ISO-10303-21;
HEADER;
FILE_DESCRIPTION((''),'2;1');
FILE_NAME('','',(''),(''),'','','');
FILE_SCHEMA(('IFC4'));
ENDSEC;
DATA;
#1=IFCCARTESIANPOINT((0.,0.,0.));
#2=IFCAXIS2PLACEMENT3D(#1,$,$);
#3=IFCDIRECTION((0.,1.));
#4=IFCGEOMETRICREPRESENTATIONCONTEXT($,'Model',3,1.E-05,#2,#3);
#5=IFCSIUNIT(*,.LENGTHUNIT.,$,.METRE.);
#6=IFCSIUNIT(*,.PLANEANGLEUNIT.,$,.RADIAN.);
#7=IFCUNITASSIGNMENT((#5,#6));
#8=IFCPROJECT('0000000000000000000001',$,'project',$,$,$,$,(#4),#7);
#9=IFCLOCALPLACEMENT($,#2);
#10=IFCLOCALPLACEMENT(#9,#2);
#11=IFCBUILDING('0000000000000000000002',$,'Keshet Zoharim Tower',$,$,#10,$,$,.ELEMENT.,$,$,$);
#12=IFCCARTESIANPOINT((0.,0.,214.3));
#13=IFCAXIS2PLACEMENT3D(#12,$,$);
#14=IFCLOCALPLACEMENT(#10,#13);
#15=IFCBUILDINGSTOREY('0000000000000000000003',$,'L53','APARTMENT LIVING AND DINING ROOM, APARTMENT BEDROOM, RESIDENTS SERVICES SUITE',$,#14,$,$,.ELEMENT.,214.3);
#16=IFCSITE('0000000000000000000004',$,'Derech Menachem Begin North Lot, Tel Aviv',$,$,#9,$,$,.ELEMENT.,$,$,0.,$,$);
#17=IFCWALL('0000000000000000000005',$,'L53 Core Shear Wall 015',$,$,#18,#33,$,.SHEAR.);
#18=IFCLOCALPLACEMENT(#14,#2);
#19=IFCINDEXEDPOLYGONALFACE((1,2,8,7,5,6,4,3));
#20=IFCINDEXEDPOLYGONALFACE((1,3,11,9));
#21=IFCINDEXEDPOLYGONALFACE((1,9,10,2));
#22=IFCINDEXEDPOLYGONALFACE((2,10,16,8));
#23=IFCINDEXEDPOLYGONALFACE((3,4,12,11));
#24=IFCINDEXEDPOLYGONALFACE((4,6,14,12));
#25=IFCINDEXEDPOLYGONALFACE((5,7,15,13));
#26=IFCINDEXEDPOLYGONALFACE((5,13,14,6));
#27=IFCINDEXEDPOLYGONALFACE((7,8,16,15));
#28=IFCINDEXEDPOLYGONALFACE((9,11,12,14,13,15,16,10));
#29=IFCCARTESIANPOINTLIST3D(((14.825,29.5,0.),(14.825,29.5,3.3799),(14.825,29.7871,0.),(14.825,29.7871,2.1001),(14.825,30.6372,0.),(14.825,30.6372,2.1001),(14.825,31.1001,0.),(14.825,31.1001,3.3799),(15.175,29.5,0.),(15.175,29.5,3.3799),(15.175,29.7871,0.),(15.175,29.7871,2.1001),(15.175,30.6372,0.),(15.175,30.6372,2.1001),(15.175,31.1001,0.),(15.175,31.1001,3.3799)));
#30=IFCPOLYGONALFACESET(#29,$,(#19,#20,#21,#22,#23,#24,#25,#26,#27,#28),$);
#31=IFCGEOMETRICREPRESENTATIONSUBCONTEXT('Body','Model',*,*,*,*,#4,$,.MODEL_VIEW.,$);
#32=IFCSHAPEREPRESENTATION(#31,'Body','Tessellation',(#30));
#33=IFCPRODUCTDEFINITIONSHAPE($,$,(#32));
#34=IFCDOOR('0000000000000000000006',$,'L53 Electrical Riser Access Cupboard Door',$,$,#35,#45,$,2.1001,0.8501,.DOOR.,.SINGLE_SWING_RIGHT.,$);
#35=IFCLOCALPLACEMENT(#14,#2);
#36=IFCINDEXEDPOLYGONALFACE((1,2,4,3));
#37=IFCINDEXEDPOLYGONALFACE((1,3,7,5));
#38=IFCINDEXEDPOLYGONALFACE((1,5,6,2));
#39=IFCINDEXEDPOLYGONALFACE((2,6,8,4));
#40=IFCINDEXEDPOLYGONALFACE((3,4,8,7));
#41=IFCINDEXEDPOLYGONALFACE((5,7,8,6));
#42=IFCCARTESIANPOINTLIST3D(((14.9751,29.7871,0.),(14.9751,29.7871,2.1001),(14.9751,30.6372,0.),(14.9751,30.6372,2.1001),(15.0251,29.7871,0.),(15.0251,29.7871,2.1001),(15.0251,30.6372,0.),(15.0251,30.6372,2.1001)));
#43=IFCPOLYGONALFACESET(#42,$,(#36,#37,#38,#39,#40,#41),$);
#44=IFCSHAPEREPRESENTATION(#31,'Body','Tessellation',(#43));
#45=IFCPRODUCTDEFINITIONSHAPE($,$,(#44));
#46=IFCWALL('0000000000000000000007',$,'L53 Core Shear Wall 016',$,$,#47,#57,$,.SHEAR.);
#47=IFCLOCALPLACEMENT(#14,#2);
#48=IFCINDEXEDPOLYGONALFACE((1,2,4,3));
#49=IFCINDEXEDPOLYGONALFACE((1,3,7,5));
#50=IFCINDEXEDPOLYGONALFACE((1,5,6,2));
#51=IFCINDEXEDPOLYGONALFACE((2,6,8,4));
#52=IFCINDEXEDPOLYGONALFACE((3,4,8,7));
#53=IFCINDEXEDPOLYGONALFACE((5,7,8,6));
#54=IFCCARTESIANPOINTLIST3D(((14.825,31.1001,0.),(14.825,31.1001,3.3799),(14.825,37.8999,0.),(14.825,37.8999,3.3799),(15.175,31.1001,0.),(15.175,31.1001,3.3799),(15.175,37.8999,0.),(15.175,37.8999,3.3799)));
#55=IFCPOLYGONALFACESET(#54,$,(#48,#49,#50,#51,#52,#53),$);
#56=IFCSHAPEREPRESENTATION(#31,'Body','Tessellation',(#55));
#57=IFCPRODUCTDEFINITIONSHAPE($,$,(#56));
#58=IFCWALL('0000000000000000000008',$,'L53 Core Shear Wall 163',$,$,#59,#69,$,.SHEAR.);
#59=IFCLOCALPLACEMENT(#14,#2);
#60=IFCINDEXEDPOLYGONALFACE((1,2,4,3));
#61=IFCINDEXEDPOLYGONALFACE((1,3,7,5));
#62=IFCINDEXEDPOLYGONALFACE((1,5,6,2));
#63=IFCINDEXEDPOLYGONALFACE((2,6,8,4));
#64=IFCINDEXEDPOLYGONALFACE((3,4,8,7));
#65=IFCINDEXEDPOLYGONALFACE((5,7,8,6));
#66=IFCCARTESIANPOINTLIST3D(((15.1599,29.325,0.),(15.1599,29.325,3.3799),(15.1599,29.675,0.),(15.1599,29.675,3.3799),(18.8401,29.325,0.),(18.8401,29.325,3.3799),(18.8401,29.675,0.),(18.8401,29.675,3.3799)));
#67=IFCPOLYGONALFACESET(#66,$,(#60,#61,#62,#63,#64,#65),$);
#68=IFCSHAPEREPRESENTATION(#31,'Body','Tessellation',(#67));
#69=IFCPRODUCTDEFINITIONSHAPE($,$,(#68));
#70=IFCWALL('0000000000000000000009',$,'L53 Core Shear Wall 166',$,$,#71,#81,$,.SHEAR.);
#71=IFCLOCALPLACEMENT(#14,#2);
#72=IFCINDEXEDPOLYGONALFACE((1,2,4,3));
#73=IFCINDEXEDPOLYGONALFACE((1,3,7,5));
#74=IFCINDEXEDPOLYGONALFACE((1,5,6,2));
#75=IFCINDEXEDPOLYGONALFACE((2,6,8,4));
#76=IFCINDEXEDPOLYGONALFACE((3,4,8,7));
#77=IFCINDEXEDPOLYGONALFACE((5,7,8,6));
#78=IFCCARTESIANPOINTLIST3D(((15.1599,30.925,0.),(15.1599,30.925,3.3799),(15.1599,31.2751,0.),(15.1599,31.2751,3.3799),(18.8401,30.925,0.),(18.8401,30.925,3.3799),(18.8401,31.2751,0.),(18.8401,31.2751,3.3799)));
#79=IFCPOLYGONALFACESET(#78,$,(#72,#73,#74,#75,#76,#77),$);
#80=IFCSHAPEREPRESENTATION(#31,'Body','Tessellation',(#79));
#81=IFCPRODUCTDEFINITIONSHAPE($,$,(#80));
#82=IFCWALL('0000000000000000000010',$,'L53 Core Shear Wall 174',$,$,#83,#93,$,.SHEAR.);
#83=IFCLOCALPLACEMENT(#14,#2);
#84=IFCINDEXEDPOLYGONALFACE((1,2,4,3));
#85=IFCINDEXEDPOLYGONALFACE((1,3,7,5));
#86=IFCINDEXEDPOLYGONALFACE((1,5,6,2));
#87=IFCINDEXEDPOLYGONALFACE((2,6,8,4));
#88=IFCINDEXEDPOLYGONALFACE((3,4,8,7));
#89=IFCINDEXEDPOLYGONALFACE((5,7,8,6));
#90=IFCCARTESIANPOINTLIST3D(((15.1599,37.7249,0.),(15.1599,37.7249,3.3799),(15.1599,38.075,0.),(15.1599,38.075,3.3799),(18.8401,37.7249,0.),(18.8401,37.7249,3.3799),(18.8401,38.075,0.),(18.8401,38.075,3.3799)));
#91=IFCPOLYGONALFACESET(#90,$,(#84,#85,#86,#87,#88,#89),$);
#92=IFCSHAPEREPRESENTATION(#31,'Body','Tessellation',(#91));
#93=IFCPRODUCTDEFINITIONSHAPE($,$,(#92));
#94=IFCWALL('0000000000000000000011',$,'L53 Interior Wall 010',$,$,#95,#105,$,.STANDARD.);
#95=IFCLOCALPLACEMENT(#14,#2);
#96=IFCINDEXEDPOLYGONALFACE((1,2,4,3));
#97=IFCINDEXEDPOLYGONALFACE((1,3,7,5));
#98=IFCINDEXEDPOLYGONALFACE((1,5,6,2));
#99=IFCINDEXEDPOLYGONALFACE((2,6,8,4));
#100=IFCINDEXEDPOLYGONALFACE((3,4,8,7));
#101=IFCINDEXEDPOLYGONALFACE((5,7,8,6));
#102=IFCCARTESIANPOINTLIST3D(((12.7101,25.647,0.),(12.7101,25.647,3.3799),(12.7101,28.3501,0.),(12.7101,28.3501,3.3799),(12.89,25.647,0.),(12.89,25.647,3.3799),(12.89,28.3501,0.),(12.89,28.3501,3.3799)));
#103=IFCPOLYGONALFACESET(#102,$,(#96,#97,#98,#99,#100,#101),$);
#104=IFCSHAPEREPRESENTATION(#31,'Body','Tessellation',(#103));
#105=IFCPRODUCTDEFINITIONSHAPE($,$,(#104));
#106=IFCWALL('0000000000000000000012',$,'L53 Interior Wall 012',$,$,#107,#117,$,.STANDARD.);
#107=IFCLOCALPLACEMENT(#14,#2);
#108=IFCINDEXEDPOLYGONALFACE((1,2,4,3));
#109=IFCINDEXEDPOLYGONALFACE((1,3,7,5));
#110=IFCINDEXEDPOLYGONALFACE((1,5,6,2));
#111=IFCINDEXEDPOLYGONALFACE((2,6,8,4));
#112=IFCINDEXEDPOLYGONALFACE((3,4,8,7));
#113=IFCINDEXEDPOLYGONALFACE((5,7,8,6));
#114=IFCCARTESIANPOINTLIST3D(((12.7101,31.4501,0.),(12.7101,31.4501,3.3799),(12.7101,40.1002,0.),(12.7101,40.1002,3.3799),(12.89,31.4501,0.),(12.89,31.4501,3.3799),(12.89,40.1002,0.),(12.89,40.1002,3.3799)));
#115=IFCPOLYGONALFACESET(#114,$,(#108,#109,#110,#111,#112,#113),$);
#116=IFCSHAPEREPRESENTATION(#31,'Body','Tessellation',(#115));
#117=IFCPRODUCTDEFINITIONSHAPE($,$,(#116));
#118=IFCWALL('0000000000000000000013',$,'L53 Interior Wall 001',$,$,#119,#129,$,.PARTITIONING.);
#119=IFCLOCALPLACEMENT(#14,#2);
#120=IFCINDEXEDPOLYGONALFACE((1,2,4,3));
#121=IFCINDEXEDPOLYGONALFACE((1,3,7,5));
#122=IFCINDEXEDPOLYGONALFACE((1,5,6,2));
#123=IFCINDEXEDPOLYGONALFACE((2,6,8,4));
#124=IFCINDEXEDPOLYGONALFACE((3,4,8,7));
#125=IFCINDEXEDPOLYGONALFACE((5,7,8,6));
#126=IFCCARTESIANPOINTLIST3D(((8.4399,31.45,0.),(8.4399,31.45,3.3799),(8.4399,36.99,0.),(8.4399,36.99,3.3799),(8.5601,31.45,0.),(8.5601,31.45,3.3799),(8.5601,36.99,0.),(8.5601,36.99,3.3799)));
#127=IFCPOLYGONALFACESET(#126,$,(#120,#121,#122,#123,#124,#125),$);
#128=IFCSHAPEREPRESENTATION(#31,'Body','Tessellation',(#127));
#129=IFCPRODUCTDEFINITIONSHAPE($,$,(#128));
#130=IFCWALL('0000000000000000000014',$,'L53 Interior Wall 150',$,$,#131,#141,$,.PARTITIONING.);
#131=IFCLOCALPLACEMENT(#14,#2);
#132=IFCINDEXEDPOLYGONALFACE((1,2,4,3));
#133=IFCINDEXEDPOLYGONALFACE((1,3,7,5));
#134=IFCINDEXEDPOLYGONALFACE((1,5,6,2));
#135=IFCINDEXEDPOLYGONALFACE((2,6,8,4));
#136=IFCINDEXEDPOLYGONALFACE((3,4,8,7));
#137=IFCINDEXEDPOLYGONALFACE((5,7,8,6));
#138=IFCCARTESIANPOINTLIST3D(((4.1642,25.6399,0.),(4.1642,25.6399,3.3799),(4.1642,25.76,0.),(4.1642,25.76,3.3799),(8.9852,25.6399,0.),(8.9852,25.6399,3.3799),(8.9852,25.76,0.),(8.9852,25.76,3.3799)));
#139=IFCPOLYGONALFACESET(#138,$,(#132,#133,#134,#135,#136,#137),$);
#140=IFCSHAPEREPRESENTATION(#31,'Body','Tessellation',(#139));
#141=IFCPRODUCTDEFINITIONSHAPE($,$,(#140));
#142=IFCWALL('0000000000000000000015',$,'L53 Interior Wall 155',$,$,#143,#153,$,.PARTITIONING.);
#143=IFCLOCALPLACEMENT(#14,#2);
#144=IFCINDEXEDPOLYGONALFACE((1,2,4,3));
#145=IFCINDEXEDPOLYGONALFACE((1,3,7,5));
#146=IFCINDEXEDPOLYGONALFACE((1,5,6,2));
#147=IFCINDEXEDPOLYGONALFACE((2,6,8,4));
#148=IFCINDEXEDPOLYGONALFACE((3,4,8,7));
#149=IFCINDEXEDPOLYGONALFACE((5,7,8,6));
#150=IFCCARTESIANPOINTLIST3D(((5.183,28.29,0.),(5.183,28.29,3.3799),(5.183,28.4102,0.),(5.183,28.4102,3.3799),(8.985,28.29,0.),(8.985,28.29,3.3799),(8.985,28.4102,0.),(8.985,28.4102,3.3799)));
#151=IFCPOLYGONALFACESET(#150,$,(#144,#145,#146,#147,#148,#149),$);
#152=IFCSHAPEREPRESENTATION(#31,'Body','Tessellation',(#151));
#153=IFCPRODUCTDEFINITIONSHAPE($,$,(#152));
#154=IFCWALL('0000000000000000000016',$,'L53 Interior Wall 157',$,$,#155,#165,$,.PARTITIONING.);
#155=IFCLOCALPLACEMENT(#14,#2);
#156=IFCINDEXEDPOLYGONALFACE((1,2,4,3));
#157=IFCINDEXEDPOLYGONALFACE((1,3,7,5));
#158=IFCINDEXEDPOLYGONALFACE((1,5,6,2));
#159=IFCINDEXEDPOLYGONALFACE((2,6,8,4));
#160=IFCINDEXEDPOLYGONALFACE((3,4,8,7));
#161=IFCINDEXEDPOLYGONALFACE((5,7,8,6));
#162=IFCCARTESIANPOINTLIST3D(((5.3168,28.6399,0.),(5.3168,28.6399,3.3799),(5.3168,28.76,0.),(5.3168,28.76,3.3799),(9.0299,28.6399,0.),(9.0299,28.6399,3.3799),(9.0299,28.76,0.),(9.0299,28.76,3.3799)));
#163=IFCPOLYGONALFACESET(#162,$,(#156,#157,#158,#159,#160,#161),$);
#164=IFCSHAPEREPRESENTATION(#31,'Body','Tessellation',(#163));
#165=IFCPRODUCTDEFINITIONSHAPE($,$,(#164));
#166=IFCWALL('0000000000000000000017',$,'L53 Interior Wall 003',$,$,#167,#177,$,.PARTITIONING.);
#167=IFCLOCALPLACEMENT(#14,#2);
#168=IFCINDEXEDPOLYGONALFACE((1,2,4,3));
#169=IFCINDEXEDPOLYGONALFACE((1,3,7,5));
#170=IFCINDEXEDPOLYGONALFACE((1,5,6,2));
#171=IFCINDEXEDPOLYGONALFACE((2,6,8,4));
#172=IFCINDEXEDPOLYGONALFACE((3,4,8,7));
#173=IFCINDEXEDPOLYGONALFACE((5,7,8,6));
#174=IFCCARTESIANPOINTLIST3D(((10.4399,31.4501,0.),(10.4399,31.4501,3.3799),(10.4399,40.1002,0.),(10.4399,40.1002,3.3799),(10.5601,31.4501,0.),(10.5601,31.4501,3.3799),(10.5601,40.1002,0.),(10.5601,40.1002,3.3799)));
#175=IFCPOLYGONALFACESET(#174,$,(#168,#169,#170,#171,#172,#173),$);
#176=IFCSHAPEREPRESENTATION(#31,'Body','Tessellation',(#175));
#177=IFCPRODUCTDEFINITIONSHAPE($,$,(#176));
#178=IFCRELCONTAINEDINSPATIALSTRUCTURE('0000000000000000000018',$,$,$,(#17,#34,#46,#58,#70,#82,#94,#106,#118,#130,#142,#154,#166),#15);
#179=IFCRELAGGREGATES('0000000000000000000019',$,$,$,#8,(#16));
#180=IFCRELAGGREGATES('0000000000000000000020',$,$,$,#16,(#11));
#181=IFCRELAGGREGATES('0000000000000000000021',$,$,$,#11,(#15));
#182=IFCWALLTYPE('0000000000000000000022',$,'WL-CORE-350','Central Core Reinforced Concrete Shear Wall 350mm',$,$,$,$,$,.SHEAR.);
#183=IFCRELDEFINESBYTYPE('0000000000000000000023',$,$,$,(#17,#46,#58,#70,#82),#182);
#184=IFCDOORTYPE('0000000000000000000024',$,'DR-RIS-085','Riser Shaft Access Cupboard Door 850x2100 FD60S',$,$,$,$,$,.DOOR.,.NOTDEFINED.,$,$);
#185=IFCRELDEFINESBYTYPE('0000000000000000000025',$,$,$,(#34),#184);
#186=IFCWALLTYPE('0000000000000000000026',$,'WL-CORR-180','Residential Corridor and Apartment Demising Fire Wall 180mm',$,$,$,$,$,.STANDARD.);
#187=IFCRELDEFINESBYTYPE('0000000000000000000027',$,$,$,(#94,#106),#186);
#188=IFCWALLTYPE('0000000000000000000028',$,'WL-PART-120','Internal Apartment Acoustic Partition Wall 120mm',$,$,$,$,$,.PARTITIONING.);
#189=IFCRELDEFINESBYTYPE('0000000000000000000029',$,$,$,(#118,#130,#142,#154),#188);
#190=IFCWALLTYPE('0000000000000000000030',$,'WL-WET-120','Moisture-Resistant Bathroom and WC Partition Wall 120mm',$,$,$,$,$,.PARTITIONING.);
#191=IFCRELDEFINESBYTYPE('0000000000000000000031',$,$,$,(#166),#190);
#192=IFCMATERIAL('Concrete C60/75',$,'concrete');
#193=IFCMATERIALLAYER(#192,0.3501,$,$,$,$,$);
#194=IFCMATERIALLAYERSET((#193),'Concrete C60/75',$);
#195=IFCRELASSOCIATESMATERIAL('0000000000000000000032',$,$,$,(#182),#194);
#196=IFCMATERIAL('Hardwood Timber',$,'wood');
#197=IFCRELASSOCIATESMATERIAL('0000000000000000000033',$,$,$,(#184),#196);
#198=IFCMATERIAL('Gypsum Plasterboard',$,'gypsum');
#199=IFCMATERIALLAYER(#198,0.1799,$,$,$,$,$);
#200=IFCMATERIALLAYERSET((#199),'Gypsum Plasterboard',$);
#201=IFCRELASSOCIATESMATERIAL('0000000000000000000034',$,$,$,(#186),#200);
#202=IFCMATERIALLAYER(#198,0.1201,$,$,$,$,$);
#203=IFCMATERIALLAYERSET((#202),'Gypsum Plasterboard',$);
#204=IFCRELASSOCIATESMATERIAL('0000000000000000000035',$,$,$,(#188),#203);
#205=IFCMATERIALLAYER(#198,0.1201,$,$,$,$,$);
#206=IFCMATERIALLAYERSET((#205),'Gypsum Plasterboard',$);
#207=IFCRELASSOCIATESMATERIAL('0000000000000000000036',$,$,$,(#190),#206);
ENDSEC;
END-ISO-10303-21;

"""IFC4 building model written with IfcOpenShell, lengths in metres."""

from ifc_helpers import new_model, si_unit, direction, frame, frame_2d, origin, place, context, subcontext, project, spatial, rectangle, extrude, material, layer, layer_set, type_object, element, fill, save


model = new_model("IFC4")

# Units and contexts
model_context = context("Model", 3, precision=1e-05, world=origin(), true_north=direction((0.0, 1.0)))
body_context = subcontext(model_context, "Body", "Model", "MODEL_VIEW")
ifc_project = project(units=[si_unit("LENGTHUNIT", "METRE"), si_unit("PLANEANGLEUNIT", "RADIAN")], contexts=[model_context])

# Site, building, storey
site_placement = place(None, origin())
site = spatial("IfcSite", under=ifc_project, at=site_placement, Name="Derech Menachem Begin North Lot, Tel Aviv", CompositionType="ELEMENT", RefElevation=0.0)
building_placement = place(site_placement, origin())
building = spatial("IfcBuilding", under=site, at=building_placement, Name="Keshet Zoharim Tower", CompositionType="ELEMENT")
storey_placement = place(building_placement, frame((0.0, 0.0, 214.3)))
storey = spatial("IfcBuildingStorey", under=building, at=storey_placement, Name="L53", Description="APARTMENT LIVING AND DINING ROOM, APARTMENT BEDROOM, RESIDENTS SERVICES SUITE", CompositionType="ELEMENT", Elevation=214.3)

# Wall, opening, door
ifc_material_1 = material(Name="Concrete C60/75", Category="concrete")
ifc_layer_1 = layer(ifc_material_1, 0.3501)
ifc_layer_set_1 = layer_set([ifc_layer_1], Name="Concrete C60/75")
wall_type_1 = type_object("IfcWallType", Name="WL-CORE-350", Description="Central Core Reinforced Concrete Shear Wall 350mm", PredefinedType="SHEAR", material=ifc_layer_set_1)
wall_1_placement = place(storey_placement, frame((15.0, 29.5, 0.0), z_axis=(0.0, 0.0, 1.0), x_axis=(0.0, 1.0, 0.0)))
wall_1 = element("IfcWall", 1, at=wall_1_placement, inside=storey, type_object=wall_type_1, Name="L53 Core Shear Wall 015", PredefinedType="SHEAR", context=body_context, shape_type="SweptSolid", body=[
    extrude(rectangle(XDim=1.6001, YDim=0.3501, at=frame_2d((0.8, 0.0))), origin(), (0.0, 0.0, 1.0), 3.3799),
])
opening_1_placement = place(wall_1_placement, frame((0.2871, 0.0, 0.0)))
opening_1 = element("IfcOpeningElement", 2, at=opening_1_placement, cuts=wall_1, PredefinedType="OPENING", context=body_context, shape_type="SweptSolid", body=[
    extrude(rectangle(XDim=0.8501, YDim=2.1001, at=frame_2d((0.425, 1.05))), frame((0.0, 0.1851, 0.0), z_axis=(0.0, -1.0, 0.0), x_axis=(1.0, 0.0, 0.0)), (0.0, 0.0, 1.0), 0.3701),
])
ifc_material_2 = material(Name="Hardwood Timber", Category="wood")
door_type_1 = type_object("IfcDoorType", Name="DR-RIS-085", Description="Riser Shaft Access Cupboard Door 850x2100 FD60S", OperationType="NOTDEFINED", PredefinedType="DOOR", material=ifc_material_2)
door_1_placement = place(opening_1_placement, origin())
door_1 = element("IfcDoor", 3, at=door_1_placement, inside=storey, type_object=door_type_1, Name="L53 Electrical Riser Access Cupboard Door", OperationType="SINGLE_SWING_RIGHT", OverallHeight=2.1001, OverallWidth=0.8501, PredefinedType="DOOR", context=body_context, shape_type="SweptSolid", body=[
    extrude(rectangle(XDim=0.8501, YDim=2.1001, at=frame_2d((0.425, 1.05))), frame((0.0, 0.0249, 0.0), z_axis=(0.0, -1.0, 0.0), x_axis=(1.0, 0.0, 0.0)), (0.0, 0.0, 1.0), 0.05),
])
fill(opening_1, door_1)

# Walls
wall_2_placement = place(storey_placement, frame((15.0, 31.1001, 0.0), z_axis=(0.0, 0.0, 1.0), x_axis=(0.0, 1.0, 0.0)))
element("IfcWall", 4, at=wall_2_placement, inside=storey, type_object=wall_type_1, Name="L53 Core Shear Wall 016", PredefinedType="SHEAR", context=body_context, shape_type="SweptSolid", body=[
    extrude(rectangle(XDim=6.7998, YDim=0.3501, at=frame_2d((3.3999, 0.0))), origin(), (0.0, 0.0, 1.0), 3.3799),
])
for number, where, z_axis, x_axis, name in (
    (5, (15.1599, 29.5, 0.0), (0.0, 0.0, 1.0), (1.0, 0.0, 0.0), "L53 Core Shear Wall 163"),
    (6, (15.1599, 31.1001, 0.0), (0.0, 0.0, 1.0), (1.0, 0.0, 0.0), "L53 Core Shear Wall 166"),
    (7, (15.1599, 37.8999, 0.0), (0.0, 0.0, 1.0), (1.0, 0.0, 0.0), "L53 Core Shear Wall 174"),
):
    element("IfcWall", number, at=place(storey_placement, frame(where, z_axis=z_axis, x_axis=x_axis)), inside=storey, type_object=wall_type_1, Name=name, PredefinedType="SHEAR", context=body_context, shape_type="SweptSolid", body=[
        extrude(rectangle(XDim=3.6802, YDim=0.3501, at=frame_2d((1.8401, 0.0))), origin(), (0.0, 0.0, 1.0), 3.3799),
    ])
ifc_material_3 = material(Name="Gypsum Plasterboard", Category="gypsum")
ifc_layer_2 = layer(ifc_material_3, 0.1799)
ifc_layer_set_2 = layer_set([ifc_layer_2], Name="Gypsum Plasterboard")
wall_type_2 = type_object("IfcWallType", Name="WL-CORR-180", Description="Residential Corridor and Apartment Demising Fire Wall 180mm", PredefinedType="STANDARD", material=ifc_layer_set_2)
wall_3_placement = place(storey_placement, frame((12.8, 25.647, 0.0), z_axis=(0.0, 0.0, 1.0), x_axis=(0.0, 1.0, 0.0)))
element("IfcWall", 8, at=wall_3_placement, inside=storey, type_object=wall_type_2, Name="L53 Interior Wall 010", PredefinedType="STANDARD", context=body_context, shape_type="SweptSolid", body=[
    extrude(rectangle(XDim=2.7031, YDim=0.1799, at=frame_2d((1.3516, 0.0))), origin(), (0.0, 0.0, 1.0), 3.3799),
])

# Walls
wall_4_placement = place(storey_placement, frame((12.8, 31.45, 0.0), z_axis=(0.0, 0.0, 1.0), x_axis=(0.0, 1.0, 0.0)))
element("IfcWall", 9, at=wall_4_placement, inside=storey, type_object=wall_type_2, Name="L53 Interior Wall 012", PredefinedType="STANDARD", context=body_context, shape_type="SweptSolid", body=[
    extrude(rectangle(XDim=8.6501, YDim=0.1799, at=frame_2d((4.3252, 0.0))), origin(), (0.0, 0.0, 1.0), 3.3799),
])
ifc_layer_3 = layer(ifc_material_3, 0.1201)
ifc_layer_set_3 = layer_set([ifc_layer_3], Name="Gypsum Plasterboard")
wall_type_3 = type_object("IfcWallType", Name="WL-PART-120", Description="Internal Apartment Acoustic Partition Wall 120mm", PredefinedType="PARTITIONING", material=ifc_layer_set_3)
wall_5_placement = place(storey_placement, frame((8.5, 31.45, 0.0), z_axis=(0.0, 0.0, 1.0), x_axis=(0.0, 1.0, 0.0)))
element("IfcWall", 10, at=wall_5_placement, inside=storey, type_object=wall_type_3, Name="L53 Interior Wall 001", PredefinedType="PARTITIONING", context=body_context, shape_type="SweptSolid", body=[
    extrude(rectangle(XDim=5.54, YDim=0.1201, at=frame_2d((2.77, 0.0))), origin(), (0.0, 0.0, 1.0), 3.3799),
])
wall_6_placement = place(storey_placement, frame((4.1641, 25.7, 0.0), z_axis=(0.0, 0.0, 1.0), x_axis=(1.0, 0.0, 0.0)))
element("IfcWall", 11, at=wall_6_placement, inside=storey, type_object=wall_type_3, Name="L53 Interior Wall 150", PredefinedType="PARTITIONING", context=body_context, shape_type="SweptSolid", body=[
    extrude(rectangle(XDim=4.821, YDim=0.1201, at=frame_2d((2.4106, 0.0))), origin(), (0.0, 0.0, 1.0), 3.3799),
])
wall_7_placement = place(storey_placement, frame((5.1831, 28.3501, 0.0), z_axis=(0.0, 0.0, 1.0), x_axis=(1.0, 0.0, 0.0)))
element("IfcWall", 12, at=wall_7_placement, inside=storey, type_object=wall_type_3, Name="L53 Interior Wall 155", PredefinedType="PARTITIONING", context=body_context, shape_type="SweptSolid", body=[
    extrude(rectangle(XDim=3.802, YDim=0.1201, at=frame_2d((1.9009, 0.0))), origin(), (0.0, 0.0, 1.0), 3.3799),
])
wall_8_placement = place(storey_placement, frame((5.3169, 28.7, 0.0), z_axis=(0.0, 0.0, 1.0), x_axis=(1.0, 0.0, 0.0)))
element("IfcWall", 13, at=wall_8_placement, inside=storey, type_object=wall_type_3, Name="L53 Interior Wall 157", PredefinedType="PARTITIONING", context=body_context, shape_type="SweptSolid", body=[
    extrude(rectangle(XDim=3.7131, YDim=0.1201, at=frame_2d((1.8564, 0.0))), origin(), (0.0, 0.0, 1.0), 3.3799),
])

# Wall
ifc_layer_4 = layer(ifc_material_3, 0.1201)
ifc_layer_set_4 = layer_set([ifc_layer_4], Name="Gypsum Plasterboard")
wall_type_4 = type_object("IfcWallType", Name="WL-WET-120", Description="Moisture-Resistant Bathroom and WC Partition Wall 120mm", PredefinedType="PARTITIONING", material=ifc_layer_set_4)
wall_9_placement = place(storey_placement, frame((10.5, 31.45, 0.0), z_axis=(0.0, 0.0, 1.0), x_axis=(0.0, 1.0, 0.0)))
element("IfcWall", 14, at=wall_9_placement, inside=storey, type_object=wall_type_4, Name="L53 Interior Wall 003", PredefinedType="PARTITIONING", context=body_context, shape_type="SweptSolid", body=[
    extrude(rectangle(XDim=8.6501, YDim=0.1201, at=frame_2d((4.3252, 0.0))), origin(), (0.0, 0.0, 1.0), 3.3799),
])

save(model, "model.ifc")
